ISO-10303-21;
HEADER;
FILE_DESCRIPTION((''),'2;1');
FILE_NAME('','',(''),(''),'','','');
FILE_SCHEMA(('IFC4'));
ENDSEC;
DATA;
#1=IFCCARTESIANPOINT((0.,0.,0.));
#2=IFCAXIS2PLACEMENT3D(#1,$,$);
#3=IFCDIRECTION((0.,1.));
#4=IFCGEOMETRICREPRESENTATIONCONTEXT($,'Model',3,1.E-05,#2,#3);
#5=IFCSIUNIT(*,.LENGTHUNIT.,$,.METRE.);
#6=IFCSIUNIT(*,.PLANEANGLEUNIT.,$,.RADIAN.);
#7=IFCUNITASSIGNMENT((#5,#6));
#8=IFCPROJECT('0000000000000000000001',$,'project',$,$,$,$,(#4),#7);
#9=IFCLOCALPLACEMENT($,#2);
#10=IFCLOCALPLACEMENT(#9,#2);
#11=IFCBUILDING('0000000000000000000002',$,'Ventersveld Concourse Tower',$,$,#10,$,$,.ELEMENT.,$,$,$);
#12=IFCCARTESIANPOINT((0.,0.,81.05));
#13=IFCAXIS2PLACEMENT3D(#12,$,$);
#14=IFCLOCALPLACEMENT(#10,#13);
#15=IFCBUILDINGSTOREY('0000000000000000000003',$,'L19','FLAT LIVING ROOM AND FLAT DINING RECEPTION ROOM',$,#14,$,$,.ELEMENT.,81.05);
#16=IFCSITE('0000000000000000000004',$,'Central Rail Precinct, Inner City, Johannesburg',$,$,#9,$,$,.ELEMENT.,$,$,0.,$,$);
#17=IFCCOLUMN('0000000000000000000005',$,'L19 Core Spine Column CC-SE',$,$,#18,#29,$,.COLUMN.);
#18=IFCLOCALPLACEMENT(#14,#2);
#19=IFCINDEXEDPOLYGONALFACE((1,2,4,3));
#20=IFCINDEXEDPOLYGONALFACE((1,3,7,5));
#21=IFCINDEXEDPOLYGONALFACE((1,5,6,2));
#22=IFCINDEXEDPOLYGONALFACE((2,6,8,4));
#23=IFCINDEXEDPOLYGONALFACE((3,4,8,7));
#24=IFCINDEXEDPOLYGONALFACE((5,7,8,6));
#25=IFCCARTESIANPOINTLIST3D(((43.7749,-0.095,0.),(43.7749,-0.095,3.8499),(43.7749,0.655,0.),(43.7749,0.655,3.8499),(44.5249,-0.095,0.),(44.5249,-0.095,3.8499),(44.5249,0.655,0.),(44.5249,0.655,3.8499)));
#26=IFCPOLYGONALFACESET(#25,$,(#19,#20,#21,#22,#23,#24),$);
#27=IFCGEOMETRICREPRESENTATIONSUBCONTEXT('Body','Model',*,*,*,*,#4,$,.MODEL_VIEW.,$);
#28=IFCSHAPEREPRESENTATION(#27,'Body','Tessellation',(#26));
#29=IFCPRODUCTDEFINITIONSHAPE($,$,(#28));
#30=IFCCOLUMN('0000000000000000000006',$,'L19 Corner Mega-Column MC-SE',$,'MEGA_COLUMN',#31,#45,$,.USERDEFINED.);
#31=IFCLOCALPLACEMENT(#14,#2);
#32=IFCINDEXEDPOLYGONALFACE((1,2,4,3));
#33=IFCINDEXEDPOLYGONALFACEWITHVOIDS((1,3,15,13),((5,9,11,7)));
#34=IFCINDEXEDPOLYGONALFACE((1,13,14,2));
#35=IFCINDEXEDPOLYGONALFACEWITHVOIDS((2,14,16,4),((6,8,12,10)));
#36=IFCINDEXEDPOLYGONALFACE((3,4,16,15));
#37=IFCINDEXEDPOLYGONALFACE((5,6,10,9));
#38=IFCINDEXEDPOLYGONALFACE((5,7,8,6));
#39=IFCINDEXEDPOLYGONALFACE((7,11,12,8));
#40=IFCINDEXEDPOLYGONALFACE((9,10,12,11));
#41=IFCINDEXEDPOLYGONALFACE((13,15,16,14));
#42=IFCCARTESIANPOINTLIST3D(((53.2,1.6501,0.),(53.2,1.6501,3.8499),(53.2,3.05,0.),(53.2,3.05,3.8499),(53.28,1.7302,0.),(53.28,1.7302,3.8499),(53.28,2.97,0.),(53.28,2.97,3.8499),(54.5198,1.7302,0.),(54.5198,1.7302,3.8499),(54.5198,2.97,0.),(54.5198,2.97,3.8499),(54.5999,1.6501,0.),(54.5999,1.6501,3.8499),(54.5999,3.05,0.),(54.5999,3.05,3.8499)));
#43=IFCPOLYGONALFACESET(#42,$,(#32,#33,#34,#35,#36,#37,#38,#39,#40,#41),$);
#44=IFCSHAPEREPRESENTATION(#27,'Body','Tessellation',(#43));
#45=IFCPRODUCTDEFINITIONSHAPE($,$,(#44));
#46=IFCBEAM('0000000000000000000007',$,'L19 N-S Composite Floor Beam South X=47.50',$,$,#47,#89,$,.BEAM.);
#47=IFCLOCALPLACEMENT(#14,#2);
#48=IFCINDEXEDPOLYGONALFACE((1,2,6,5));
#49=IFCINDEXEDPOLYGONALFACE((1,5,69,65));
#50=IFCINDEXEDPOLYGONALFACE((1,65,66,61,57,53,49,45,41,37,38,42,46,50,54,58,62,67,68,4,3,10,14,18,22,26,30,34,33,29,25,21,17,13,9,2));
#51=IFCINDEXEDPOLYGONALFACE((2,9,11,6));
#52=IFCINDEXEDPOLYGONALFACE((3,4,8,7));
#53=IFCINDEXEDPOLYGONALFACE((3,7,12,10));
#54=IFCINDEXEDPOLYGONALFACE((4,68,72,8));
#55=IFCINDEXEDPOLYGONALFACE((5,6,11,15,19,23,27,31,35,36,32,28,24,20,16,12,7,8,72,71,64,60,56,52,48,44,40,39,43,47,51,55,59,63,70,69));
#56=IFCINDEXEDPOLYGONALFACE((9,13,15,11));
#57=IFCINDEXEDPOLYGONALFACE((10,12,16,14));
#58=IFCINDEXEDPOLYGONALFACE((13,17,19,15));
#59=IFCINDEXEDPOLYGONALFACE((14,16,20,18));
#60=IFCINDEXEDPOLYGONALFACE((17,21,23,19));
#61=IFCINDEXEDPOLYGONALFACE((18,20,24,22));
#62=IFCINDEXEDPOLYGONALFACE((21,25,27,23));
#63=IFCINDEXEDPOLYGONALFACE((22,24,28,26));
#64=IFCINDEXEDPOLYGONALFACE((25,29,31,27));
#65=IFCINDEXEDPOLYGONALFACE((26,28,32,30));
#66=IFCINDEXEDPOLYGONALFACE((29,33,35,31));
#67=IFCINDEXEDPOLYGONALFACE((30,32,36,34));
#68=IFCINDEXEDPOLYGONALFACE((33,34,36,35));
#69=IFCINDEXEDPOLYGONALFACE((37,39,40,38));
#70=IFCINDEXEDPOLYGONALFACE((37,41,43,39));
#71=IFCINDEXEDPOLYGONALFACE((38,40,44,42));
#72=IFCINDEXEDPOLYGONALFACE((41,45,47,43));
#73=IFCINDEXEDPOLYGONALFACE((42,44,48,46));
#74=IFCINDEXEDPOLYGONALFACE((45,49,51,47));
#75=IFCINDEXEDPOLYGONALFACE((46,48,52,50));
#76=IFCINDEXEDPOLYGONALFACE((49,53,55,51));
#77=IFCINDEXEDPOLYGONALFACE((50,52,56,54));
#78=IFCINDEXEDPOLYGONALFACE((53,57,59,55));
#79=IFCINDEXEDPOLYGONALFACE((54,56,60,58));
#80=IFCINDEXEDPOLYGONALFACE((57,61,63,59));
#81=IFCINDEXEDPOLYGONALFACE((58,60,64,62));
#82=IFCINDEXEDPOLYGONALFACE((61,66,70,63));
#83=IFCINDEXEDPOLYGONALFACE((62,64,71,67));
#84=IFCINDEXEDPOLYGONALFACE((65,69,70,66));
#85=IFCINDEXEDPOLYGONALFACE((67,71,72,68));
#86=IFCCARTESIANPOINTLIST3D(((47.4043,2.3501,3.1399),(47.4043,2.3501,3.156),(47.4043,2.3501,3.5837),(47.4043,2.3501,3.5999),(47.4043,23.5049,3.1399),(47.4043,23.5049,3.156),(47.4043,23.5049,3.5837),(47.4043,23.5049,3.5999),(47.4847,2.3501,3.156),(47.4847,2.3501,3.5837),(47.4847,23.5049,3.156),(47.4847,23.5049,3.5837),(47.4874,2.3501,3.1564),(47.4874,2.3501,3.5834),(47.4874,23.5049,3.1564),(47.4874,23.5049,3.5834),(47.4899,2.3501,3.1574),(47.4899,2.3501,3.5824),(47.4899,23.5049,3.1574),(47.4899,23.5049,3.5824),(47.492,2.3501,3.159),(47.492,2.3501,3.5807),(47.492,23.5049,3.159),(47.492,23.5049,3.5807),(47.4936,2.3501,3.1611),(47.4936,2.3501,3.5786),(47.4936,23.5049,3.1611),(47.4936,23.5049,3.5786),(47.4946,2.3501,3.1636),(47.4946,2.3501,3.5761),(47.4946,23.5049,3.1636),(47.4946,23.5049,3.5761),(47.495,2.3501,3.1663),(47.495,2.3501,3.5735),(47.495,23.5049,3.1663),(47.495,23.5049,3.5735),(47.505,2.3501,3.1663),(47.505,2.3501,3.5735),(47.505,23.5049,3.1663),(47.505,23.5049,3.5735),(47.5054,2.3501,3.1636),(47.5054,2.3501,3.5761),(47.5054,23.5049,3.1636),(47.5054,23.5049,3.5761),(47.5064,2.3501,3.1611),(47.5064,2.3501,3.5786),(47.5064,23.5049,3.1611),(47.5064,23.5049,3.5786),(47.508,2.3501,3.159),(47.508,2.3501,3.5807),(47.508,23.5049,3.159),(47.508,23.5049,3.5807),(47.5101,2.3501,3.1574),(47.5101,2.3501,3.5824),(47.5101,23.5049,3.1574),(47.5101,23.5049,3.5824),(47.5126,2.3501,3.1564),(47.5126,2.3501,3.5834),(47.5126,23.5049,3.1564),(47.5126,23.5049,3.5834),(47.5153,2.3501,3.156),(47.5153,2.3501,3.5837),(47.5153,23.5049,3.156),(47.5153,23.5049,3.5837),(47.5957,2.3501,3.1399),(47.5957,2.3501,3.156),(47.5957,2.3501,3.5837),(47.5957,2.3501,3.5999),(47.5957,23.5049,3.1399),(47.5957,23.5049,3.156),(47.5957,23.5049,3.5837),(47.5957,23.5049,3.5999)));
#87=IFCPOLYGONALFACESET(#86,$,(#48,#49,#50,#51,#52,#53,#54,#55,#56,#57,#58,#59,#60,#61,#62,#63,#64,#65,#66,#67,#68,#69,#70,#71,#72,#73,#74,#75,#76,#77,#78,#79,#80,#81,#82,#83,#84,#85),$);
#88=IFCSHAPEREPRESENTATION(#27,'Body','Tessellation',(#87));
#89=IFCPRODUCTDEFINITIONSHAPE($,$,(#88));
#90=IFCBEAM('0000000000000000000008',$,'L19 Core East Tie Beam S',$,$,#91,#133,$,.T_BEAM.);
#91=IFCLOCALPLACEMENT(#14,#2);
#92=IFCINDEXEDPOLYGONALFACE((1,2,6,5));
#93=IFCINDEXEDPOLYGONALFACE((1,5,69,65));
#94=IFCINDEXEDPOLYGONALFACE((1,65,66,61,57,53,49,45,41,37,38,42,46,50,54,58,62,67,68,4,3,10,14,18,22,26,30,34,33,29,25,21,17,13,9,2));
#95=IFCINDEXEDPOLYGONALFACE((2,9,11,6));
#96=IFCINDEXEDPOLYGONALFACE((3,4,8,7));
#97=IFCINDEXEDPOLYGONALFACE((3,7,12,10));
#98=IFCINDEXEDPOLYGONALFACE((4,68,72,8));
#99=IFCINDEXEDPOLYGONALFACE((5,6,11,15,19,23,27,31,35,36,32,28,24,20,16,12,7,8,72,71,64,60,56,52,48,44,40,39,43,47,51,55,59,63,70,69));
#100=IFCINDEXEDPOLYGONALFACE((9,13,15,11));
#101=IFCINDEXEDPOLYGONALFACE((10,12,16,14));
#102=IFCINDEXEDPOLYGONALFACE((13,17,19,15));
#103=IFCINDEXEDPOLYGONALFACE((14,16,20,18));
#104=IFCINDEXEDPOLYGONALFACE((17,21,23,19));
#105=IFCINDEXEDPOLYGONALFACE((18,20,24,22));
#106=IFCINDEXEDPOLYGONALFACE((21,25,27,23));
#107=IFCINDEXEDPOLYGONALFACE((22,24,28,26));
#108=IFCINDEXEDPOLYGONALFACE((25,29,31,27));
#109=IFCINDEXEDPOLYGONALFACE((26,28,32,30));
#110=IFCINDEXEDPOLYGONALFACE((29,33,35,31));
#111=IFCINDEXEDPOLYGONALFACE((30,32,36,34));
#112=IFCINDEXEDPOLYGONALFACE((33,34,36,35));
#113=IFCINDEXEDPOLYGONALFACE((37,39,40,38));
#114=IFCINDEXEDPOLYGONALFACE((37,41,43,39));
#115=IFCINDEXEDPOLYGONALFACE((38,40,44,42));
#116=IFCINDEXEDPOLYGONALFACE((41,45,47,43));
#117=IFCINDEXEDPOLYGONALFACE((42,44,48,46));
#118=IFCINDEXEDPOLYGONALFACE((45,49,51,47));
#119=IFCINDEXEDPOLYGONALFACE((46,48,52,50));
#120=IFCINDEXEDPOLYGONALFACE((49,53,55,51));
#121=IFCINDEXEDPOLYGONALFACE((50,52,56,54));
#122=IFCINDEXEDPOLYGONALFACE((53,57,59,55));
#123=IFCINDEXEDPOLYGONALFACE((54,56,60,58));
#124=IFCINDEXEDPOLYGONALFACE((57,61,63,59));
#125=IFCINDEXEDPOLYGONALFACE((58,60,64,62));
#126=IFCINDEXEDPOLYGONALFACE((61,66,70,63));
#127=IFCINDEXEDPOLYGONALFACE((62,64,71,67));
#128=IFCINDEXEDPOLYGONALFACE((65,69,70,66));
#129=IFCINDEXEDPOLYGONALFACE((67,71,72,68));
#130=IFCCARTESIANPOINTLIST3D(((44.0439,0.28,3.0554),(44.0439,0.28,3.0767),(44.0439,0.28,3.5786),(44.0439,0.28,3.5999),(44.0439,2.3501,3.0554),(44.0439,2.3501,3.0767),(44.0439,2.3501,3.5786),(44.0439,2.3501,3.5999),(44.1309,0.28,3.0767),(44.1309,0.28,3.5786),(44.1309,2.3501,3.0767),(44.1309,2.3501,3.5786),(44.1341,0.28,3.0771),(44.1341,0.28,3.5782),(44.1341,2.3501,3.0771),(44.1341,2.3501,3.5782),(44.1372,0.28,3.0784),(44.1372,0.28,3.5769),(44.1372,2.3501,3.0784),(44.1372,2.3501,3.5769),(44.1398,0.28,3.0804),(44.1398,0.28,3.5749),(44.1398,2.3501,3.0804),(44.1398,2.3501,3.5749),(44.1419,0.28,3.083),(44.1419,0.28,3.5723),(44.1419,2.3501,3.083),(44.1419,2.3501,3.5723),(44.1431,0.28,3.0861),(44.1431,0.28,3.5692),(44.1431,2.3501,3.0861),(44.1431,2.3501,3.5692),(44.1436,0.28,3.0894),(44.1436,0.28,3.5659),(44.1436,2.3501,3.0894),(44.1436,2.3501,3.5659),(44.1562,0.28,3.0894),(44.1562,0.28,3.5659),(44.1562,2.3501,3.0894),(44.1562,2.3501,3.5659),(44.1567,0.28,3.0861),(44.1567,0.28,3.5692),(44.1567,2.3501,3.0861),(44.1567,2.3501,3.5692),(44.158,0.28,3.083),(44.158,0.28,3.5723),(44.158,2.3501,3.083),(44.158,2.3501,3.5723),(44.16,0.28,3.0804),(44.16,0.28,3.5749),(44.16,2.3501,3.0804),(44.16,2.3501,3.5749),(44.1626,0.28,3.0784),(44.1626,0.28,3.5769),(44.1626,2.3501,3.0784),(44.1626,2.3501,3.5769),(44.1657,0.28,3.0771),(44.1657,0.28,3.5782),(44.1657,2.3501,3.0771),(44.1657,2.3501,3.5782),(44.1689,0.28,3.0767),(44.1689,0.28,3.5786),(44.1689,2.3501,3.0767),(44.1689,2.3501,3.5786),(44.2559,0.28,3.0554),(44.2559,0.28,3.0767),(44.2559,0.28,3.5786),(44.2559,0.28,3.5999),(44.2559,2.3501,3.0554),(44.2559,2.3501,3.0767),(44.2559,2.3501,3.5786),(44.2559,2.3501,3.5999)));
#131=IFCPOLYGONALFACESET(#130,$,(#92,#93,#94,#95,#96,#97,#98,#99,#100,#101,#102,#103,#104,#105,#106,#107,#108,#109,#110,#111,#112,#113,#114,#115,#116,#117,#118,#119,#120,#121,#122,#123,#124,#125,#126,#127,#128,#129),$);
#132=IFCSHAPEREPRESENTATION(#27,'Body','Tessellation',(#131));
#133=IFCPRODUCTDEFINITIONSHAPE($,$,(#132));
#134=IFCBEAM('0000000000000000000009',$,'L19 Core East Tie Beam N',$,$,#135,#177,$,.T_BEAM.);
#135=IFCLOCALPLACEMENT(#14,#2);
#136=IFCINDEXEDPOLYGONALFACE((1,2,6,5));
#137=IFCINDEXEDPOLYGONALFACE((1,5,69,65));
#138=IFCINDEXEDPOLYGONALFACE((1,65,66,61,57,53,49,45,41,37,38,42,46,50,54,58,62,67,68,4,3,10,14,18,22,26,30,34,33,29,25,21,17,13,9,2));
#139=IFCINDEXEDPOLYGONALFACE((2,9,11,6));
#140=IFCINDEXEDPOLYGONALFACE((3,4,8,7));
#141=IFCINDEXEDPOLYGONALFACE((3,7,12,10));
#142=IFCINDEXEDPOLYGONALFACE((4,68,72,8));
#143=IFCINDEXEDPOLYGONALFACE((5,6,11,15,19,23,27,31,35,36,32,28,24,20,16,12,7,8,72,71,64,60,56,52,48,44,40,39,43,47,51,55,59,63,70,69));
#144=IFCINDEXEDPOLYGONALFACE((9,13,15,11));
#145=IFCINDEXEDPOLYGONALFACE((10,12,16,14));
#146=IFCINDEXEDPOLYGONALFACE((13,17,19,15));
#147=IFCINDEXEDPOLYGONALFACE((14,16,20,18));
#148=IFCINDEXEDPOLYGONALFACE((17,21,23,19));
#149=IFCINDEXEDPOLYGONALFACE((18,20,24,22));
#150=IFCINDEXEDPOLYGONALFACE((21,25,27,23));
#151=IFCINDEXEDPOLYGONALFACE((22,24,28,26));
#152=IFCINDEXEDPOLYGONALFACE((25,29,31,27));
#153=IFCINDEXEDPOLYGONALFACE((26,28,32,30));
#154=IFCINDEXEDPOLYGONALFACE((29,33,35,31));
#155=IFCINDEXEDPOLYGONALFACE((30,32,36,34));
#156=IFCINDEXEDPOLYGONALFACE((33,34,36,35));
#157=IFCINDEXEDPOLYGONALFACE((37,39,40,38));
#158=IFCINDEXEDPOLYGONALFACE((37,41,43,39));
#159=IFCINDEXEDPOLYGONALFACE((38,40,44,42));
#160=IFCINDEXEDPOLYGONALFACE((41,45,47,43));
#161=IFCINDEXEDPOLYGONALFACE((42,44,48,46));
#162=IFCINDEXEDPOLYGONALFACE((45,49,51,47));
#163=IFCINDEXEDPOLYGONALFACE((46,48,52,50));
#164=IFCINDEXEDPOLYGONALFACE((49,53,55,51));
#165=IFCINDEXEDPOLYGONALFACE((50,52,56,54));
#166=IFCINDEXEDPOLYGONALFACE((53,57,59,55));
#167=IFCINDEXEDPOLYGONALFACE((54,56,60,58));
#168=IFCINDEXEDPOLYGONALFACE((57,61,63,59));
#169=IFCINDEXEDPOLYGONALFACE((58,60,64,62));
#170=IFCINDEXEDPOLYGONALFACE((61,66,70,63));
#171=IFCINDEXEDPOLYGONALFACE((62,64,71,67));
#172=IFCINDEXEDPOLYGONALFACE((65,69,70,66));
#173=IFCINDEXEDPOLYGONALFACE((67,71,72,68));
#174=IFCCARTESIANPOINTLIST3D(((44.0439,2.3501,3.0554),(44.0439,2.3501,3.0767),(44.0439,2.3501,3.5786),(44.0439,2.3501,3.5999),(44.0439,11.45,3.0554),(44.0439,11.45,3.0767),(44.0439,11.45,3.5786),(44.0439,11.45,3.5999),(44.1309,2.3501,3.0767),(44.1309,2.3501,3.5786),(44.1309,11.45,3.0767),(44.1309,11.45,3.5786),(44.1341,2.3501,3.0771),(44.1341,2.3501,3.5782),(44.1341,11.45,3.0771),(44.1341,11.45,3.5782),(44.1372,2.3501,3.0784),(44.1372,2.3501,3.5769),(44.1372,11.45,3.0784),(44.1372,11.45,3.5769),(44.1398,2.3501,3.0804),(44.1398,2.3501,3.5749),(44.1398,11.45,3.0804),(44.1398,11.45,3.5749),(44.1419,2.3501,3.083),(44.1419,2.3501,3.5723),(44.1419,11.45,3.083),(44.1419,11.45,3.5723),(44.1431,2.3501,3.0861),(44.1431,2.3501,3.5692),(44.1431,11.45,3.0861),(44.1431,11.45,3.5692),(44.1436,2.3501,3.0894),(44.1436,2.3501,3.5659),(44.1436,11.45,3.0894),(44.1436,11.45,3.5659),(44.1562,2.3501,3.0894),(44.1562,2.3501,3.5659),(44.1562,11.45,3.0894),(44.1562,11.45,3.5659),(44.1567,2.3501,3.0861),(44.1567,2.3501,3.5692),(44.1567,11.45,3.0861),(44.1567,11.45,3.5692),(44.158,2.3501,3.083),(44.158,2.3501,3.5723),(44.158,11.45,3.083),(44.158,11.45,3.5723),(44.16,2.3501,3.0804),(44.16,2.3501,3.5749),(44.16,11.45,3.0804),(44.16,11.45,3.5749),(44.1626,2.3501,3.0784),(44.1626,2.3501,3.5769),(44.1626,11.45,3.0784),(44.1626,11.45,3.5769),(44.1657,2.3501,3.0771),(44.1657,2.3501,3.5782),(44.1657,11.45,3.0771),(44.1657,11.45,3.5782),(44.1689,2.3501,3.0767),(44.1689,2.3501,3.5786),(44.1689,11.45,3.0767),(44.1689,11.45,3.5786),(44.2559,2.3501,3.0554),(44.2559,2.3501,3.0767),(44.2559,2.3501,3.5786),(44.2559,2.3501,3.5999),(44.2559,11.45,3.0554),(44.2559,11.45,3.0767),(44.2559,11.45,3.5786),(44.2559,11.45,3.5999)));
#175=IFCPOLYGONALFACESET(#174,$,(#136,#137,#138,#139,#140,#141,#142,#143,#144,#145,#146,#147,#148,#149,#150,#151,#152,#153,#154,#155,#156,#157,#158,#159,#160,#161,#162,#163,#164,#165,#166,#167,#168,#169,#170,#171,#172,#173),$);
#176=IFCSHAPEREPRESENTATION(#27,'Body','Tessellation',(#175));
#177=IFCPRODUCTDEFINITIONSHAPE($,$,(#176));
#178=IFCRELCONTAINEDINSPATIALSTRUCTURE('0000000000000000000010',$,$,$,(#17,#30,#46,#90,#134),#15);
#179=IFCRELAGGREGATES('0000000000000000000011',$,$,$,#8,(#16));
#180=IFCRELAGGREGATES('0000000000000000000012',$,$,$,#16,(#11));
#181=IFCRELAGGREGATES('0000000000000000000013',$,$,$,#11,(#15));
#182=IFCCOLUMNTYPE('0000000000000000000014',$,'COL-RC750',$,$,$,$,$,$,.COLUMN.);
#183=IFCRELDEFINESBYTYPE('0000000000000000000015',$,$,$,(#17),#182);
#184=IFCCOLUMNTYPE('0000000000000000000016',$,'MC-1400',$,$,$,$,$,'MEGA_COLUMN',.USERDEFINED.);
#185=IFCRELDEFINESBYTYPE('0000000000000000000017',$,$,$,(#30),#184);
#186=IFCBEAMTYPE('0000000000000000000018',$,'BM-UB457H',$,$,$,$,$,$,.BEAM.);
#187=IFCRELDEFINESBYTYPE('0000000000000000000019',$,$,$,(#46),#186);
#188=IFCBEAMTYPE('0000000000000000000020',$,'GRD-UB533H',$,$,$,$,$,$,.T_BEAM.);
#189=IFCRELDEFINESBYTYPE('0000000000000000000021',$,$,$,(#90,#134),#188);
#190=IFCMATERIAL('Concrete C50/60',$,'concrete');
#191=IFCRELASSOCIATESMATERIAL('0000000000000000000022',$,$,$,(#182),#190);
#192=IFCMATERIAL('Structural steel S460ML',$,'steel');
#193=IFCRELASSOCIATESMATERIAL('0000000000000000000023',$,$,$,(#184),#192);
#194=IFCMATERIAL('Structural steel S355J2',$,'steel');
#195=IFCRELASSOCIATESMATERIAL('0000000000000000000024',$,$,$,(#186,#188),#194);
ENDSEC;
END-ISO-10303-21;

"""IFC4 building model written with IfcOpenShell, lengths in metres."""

from ifc_helpers import new_model, si_unit, direction, frame, origin, origin_2d, place, context, subcontext, project, spatial, rectangle, hollow_rectangle, i_section, extrude, material, material_profile, profile_set, type_object, element, save


model = new_model("IFC4")

# Units and contexts
model_context = context("Model", 3, precision=1e-05, world=origin(), true_north=direction((0.0, 1.0)))
body_context = subcontext(model_context, "Body", "Model", "MODEL_VIEW")
ifc_project = project(units=[si_unit("LENGTHUNIT", "METRE"), si_unit("PLANEANGLEUNIT", "RADIAN")], contexts=[model_context])

# Site, building, storey
site_placement = place(None, origin())
site = spatial("IfcSite", under=ifc_project, at=site_placement, Name="Central Rail Precinct, Inner City, Johannesburg", CompositionType="ELEMENT", RefElevation=0.0)
building_placement = place(site_placement, origin())
building = spatial("IfcBuilding", under=site, at=building_placement, Name="Ventersveld Concourse Tower", CompositionType="ELEMENT")
storey_placement = place(building_placement, frame((0.0, 0.0, 81.05)))
storey = spatial("IfcBuildingStorey", under=building, at=storey_placement, Name="L19", Description="FLAT LIVING ROOM AND FLAT DINING RECEPTION ROOM", CompositionType="ELEMENT", Elevation=81.05)

# Columns
ifc_material_1 = material(Name="Concrete C50/60", Category="concrete")
ifc_material_profile_1 = material_profile(ifc_material_1, rectangle(XDim=0.75, YDim=0.75, at=origin_2d()), Name="RC 750x750")
ifc_profile_set_1 = profile_set([ifc_material_profile_1], Name="Concrete C50/60")
column_type_1 = type_object("IfcColumnType", Name="COL-RC750", PredefinedType="COLUMN", material=ifc_profile_set_1)
column_1_placement = place(storey_placement, frame((44.1499, 0.28, 0.0), z_axis=(0.0, 0.0, 1.0), x_axis=(1.0, 0.0, 0.0)))
element("IfcColumn", 1, at=column_1_placement, inside=storey, type_object=column_type_1, Name="L19 Core Spine Column CC-SE", PredefinedType="COLUMN", context=body_context, shape_type="SweptSolid", body=[
    extrude(rectangle(XDim=0.75, YDim=0.75, at=origin_2d()), origin(), (0.0, 0.0, 1.0), 3.8499),
])
ifc_material_2 = material(Name="Structural steel S460ML", Category="steel")
ifc_material_profile_2 = material_profile(ifc_material_2, hollow_rectangle(XDim=1.3999, YDim=1.3999, WallThickness=0.0801, at=origin_2d()), Name="BOX 1400x1400x80")
ifc_profile_set_2 = profile_set([ifc_material_profile_2], Name="Structural steel S460ML")
column_type_2 = type_object("IfcColumnType", Name="MC-1400", ElementType="MEGA_COLUMN", PredefinedType="USERDEFINED", material=ifc_profile_set_2)
column_2_placement = place(storey_placement, frame((53.8999, 2.3501, 0.0), z_axis=(0.0, 0.0, 1.0), x_axis=(1.0, 0.0, 0.0)))
element("IfcColumn", 2, at=column_2_placement, inside=storey, type_object=column_type_2, Name="L19 Corner Mega-Column MC-SE", ObjectType="MEGA_COLUMN", PredefinedType="USERDEFINED", context=body_context, shape_type="SweptSolid", body=[
    extrude(hollow_rectangle(XDim=1.3999, YDim=1.3999, WallThickness=0.0801, at=origin_2d()), origin(), (0.0, 0.0, 1.0), 3.8499),
])

# Beams
ifc_material_3 = material(Name="Structural steel S355J2", Category="steel")
ifc_material_profile_3 = material_profile(ifc_material_3, i_section(OverallWidth=0.1914, OverallDepth=0.46, WebThickness=0.01, FlangeThickness=0.0161, FilletRadius=0.0103, at=origin_2d()), Name="UB 457x191x82")
ifc_profile_set_3 = profile_set([ifc_material_profile_3], Name="Structural steel S355J2")
beam_type_1 = type_object("IfcBeamType", Name="BM-UB457H", PredefinedType="BEAM", material=ifc_profile_set_3)
beam_1_placement = place(storey_placement, frame((47.5, 2.3501, 3.3699), z_axis=(0.0, 1.0, 0.0), x_axis=(-1.0, 0.0, 0.0)))
element("IfcBeam", 3, at=beam_1_placement, inside=storey, type_object=beam_type_1, Name="L19 N-S Composite Floor Beam South X=47.50", PredefinedType="BEAM", context=body_context, shape_type="SweptSolid", body=[
    extrude(i_section(OverallWidth=0.1914, OverallDepth=0.46, WebThickness=0.01, FlangeThickness=0.0161, FilletRadius=0.0103, at=origin_2d()), origin(), (0.0, 0.0, 1.0), 21.1548),
])
ifc_material_profile_4 = material_profile(ifc_material_3, i_section(OverallWidth=0.2119, OverallDepth=0.5444, WebThickness=0.0127, FlangeThickness=0.0212, FilletRadius=0.0127, at=origin_2d()), Name="UB 533x210x122")
ifc_profile_set_4 = profile_set([ifc_material_profile_4], Name="Structural steel S355J2")
beam_type_2 = type_object("IfcBeamType", Name="GRD-UB533H", PredefinedType="T_BEAM", material=ifc_profile_set_4)
beam_2_placement = place(storey_placement, frame((44.1499, 0.28, 3.3276), z_axis=(0.0, 1.0, 0.0), x_axis=(-1.0, 0.0, 0.0)))
element("IfcBeam", 4, at=beam_2_placement, inside=storey, type_object=beam_type_2, Name="L19 Core East Tie Beam S", PredefinedType="T_BEAM", context=body_context, shape_type="SweptSolid", body=[
    extrude(i_section(OverallWidth=0.2119, OverallDepth=0.5444, WebThickness=0.0127, FlangeThickness=0.0212, FilletRadius=0.0127, at=origin_2d()), origin(), (0.0, 0.0, 1.0), 2.0701),
])
beam_3_placement = place(storey_placement, frame((44.1499, 2.3501, 3.3276), z_axis=(0.0, 1.0, 0.0), x_axis=(-1.0, 0.0, 0.0)))
element("IfcBeam", 5, at=beam_3_placement, inside=storey, type_object=beam_type_2, Name="L19 Core East Tie Beam N", PredefinedType="T_BEAM", context=body_context, shape_type="SweptSolid", body=[
    extrude(i_section(OverallWidth=0.2119, OverallDepth=0.5444, WebThickness=0.0127, FlangeThickness=0.0212, FilletRadius=0.0127, at=origin_2d()), origin(), (0.0, 0.0, 1.0), 9.0999),
])

save(model, "model.ifc")
